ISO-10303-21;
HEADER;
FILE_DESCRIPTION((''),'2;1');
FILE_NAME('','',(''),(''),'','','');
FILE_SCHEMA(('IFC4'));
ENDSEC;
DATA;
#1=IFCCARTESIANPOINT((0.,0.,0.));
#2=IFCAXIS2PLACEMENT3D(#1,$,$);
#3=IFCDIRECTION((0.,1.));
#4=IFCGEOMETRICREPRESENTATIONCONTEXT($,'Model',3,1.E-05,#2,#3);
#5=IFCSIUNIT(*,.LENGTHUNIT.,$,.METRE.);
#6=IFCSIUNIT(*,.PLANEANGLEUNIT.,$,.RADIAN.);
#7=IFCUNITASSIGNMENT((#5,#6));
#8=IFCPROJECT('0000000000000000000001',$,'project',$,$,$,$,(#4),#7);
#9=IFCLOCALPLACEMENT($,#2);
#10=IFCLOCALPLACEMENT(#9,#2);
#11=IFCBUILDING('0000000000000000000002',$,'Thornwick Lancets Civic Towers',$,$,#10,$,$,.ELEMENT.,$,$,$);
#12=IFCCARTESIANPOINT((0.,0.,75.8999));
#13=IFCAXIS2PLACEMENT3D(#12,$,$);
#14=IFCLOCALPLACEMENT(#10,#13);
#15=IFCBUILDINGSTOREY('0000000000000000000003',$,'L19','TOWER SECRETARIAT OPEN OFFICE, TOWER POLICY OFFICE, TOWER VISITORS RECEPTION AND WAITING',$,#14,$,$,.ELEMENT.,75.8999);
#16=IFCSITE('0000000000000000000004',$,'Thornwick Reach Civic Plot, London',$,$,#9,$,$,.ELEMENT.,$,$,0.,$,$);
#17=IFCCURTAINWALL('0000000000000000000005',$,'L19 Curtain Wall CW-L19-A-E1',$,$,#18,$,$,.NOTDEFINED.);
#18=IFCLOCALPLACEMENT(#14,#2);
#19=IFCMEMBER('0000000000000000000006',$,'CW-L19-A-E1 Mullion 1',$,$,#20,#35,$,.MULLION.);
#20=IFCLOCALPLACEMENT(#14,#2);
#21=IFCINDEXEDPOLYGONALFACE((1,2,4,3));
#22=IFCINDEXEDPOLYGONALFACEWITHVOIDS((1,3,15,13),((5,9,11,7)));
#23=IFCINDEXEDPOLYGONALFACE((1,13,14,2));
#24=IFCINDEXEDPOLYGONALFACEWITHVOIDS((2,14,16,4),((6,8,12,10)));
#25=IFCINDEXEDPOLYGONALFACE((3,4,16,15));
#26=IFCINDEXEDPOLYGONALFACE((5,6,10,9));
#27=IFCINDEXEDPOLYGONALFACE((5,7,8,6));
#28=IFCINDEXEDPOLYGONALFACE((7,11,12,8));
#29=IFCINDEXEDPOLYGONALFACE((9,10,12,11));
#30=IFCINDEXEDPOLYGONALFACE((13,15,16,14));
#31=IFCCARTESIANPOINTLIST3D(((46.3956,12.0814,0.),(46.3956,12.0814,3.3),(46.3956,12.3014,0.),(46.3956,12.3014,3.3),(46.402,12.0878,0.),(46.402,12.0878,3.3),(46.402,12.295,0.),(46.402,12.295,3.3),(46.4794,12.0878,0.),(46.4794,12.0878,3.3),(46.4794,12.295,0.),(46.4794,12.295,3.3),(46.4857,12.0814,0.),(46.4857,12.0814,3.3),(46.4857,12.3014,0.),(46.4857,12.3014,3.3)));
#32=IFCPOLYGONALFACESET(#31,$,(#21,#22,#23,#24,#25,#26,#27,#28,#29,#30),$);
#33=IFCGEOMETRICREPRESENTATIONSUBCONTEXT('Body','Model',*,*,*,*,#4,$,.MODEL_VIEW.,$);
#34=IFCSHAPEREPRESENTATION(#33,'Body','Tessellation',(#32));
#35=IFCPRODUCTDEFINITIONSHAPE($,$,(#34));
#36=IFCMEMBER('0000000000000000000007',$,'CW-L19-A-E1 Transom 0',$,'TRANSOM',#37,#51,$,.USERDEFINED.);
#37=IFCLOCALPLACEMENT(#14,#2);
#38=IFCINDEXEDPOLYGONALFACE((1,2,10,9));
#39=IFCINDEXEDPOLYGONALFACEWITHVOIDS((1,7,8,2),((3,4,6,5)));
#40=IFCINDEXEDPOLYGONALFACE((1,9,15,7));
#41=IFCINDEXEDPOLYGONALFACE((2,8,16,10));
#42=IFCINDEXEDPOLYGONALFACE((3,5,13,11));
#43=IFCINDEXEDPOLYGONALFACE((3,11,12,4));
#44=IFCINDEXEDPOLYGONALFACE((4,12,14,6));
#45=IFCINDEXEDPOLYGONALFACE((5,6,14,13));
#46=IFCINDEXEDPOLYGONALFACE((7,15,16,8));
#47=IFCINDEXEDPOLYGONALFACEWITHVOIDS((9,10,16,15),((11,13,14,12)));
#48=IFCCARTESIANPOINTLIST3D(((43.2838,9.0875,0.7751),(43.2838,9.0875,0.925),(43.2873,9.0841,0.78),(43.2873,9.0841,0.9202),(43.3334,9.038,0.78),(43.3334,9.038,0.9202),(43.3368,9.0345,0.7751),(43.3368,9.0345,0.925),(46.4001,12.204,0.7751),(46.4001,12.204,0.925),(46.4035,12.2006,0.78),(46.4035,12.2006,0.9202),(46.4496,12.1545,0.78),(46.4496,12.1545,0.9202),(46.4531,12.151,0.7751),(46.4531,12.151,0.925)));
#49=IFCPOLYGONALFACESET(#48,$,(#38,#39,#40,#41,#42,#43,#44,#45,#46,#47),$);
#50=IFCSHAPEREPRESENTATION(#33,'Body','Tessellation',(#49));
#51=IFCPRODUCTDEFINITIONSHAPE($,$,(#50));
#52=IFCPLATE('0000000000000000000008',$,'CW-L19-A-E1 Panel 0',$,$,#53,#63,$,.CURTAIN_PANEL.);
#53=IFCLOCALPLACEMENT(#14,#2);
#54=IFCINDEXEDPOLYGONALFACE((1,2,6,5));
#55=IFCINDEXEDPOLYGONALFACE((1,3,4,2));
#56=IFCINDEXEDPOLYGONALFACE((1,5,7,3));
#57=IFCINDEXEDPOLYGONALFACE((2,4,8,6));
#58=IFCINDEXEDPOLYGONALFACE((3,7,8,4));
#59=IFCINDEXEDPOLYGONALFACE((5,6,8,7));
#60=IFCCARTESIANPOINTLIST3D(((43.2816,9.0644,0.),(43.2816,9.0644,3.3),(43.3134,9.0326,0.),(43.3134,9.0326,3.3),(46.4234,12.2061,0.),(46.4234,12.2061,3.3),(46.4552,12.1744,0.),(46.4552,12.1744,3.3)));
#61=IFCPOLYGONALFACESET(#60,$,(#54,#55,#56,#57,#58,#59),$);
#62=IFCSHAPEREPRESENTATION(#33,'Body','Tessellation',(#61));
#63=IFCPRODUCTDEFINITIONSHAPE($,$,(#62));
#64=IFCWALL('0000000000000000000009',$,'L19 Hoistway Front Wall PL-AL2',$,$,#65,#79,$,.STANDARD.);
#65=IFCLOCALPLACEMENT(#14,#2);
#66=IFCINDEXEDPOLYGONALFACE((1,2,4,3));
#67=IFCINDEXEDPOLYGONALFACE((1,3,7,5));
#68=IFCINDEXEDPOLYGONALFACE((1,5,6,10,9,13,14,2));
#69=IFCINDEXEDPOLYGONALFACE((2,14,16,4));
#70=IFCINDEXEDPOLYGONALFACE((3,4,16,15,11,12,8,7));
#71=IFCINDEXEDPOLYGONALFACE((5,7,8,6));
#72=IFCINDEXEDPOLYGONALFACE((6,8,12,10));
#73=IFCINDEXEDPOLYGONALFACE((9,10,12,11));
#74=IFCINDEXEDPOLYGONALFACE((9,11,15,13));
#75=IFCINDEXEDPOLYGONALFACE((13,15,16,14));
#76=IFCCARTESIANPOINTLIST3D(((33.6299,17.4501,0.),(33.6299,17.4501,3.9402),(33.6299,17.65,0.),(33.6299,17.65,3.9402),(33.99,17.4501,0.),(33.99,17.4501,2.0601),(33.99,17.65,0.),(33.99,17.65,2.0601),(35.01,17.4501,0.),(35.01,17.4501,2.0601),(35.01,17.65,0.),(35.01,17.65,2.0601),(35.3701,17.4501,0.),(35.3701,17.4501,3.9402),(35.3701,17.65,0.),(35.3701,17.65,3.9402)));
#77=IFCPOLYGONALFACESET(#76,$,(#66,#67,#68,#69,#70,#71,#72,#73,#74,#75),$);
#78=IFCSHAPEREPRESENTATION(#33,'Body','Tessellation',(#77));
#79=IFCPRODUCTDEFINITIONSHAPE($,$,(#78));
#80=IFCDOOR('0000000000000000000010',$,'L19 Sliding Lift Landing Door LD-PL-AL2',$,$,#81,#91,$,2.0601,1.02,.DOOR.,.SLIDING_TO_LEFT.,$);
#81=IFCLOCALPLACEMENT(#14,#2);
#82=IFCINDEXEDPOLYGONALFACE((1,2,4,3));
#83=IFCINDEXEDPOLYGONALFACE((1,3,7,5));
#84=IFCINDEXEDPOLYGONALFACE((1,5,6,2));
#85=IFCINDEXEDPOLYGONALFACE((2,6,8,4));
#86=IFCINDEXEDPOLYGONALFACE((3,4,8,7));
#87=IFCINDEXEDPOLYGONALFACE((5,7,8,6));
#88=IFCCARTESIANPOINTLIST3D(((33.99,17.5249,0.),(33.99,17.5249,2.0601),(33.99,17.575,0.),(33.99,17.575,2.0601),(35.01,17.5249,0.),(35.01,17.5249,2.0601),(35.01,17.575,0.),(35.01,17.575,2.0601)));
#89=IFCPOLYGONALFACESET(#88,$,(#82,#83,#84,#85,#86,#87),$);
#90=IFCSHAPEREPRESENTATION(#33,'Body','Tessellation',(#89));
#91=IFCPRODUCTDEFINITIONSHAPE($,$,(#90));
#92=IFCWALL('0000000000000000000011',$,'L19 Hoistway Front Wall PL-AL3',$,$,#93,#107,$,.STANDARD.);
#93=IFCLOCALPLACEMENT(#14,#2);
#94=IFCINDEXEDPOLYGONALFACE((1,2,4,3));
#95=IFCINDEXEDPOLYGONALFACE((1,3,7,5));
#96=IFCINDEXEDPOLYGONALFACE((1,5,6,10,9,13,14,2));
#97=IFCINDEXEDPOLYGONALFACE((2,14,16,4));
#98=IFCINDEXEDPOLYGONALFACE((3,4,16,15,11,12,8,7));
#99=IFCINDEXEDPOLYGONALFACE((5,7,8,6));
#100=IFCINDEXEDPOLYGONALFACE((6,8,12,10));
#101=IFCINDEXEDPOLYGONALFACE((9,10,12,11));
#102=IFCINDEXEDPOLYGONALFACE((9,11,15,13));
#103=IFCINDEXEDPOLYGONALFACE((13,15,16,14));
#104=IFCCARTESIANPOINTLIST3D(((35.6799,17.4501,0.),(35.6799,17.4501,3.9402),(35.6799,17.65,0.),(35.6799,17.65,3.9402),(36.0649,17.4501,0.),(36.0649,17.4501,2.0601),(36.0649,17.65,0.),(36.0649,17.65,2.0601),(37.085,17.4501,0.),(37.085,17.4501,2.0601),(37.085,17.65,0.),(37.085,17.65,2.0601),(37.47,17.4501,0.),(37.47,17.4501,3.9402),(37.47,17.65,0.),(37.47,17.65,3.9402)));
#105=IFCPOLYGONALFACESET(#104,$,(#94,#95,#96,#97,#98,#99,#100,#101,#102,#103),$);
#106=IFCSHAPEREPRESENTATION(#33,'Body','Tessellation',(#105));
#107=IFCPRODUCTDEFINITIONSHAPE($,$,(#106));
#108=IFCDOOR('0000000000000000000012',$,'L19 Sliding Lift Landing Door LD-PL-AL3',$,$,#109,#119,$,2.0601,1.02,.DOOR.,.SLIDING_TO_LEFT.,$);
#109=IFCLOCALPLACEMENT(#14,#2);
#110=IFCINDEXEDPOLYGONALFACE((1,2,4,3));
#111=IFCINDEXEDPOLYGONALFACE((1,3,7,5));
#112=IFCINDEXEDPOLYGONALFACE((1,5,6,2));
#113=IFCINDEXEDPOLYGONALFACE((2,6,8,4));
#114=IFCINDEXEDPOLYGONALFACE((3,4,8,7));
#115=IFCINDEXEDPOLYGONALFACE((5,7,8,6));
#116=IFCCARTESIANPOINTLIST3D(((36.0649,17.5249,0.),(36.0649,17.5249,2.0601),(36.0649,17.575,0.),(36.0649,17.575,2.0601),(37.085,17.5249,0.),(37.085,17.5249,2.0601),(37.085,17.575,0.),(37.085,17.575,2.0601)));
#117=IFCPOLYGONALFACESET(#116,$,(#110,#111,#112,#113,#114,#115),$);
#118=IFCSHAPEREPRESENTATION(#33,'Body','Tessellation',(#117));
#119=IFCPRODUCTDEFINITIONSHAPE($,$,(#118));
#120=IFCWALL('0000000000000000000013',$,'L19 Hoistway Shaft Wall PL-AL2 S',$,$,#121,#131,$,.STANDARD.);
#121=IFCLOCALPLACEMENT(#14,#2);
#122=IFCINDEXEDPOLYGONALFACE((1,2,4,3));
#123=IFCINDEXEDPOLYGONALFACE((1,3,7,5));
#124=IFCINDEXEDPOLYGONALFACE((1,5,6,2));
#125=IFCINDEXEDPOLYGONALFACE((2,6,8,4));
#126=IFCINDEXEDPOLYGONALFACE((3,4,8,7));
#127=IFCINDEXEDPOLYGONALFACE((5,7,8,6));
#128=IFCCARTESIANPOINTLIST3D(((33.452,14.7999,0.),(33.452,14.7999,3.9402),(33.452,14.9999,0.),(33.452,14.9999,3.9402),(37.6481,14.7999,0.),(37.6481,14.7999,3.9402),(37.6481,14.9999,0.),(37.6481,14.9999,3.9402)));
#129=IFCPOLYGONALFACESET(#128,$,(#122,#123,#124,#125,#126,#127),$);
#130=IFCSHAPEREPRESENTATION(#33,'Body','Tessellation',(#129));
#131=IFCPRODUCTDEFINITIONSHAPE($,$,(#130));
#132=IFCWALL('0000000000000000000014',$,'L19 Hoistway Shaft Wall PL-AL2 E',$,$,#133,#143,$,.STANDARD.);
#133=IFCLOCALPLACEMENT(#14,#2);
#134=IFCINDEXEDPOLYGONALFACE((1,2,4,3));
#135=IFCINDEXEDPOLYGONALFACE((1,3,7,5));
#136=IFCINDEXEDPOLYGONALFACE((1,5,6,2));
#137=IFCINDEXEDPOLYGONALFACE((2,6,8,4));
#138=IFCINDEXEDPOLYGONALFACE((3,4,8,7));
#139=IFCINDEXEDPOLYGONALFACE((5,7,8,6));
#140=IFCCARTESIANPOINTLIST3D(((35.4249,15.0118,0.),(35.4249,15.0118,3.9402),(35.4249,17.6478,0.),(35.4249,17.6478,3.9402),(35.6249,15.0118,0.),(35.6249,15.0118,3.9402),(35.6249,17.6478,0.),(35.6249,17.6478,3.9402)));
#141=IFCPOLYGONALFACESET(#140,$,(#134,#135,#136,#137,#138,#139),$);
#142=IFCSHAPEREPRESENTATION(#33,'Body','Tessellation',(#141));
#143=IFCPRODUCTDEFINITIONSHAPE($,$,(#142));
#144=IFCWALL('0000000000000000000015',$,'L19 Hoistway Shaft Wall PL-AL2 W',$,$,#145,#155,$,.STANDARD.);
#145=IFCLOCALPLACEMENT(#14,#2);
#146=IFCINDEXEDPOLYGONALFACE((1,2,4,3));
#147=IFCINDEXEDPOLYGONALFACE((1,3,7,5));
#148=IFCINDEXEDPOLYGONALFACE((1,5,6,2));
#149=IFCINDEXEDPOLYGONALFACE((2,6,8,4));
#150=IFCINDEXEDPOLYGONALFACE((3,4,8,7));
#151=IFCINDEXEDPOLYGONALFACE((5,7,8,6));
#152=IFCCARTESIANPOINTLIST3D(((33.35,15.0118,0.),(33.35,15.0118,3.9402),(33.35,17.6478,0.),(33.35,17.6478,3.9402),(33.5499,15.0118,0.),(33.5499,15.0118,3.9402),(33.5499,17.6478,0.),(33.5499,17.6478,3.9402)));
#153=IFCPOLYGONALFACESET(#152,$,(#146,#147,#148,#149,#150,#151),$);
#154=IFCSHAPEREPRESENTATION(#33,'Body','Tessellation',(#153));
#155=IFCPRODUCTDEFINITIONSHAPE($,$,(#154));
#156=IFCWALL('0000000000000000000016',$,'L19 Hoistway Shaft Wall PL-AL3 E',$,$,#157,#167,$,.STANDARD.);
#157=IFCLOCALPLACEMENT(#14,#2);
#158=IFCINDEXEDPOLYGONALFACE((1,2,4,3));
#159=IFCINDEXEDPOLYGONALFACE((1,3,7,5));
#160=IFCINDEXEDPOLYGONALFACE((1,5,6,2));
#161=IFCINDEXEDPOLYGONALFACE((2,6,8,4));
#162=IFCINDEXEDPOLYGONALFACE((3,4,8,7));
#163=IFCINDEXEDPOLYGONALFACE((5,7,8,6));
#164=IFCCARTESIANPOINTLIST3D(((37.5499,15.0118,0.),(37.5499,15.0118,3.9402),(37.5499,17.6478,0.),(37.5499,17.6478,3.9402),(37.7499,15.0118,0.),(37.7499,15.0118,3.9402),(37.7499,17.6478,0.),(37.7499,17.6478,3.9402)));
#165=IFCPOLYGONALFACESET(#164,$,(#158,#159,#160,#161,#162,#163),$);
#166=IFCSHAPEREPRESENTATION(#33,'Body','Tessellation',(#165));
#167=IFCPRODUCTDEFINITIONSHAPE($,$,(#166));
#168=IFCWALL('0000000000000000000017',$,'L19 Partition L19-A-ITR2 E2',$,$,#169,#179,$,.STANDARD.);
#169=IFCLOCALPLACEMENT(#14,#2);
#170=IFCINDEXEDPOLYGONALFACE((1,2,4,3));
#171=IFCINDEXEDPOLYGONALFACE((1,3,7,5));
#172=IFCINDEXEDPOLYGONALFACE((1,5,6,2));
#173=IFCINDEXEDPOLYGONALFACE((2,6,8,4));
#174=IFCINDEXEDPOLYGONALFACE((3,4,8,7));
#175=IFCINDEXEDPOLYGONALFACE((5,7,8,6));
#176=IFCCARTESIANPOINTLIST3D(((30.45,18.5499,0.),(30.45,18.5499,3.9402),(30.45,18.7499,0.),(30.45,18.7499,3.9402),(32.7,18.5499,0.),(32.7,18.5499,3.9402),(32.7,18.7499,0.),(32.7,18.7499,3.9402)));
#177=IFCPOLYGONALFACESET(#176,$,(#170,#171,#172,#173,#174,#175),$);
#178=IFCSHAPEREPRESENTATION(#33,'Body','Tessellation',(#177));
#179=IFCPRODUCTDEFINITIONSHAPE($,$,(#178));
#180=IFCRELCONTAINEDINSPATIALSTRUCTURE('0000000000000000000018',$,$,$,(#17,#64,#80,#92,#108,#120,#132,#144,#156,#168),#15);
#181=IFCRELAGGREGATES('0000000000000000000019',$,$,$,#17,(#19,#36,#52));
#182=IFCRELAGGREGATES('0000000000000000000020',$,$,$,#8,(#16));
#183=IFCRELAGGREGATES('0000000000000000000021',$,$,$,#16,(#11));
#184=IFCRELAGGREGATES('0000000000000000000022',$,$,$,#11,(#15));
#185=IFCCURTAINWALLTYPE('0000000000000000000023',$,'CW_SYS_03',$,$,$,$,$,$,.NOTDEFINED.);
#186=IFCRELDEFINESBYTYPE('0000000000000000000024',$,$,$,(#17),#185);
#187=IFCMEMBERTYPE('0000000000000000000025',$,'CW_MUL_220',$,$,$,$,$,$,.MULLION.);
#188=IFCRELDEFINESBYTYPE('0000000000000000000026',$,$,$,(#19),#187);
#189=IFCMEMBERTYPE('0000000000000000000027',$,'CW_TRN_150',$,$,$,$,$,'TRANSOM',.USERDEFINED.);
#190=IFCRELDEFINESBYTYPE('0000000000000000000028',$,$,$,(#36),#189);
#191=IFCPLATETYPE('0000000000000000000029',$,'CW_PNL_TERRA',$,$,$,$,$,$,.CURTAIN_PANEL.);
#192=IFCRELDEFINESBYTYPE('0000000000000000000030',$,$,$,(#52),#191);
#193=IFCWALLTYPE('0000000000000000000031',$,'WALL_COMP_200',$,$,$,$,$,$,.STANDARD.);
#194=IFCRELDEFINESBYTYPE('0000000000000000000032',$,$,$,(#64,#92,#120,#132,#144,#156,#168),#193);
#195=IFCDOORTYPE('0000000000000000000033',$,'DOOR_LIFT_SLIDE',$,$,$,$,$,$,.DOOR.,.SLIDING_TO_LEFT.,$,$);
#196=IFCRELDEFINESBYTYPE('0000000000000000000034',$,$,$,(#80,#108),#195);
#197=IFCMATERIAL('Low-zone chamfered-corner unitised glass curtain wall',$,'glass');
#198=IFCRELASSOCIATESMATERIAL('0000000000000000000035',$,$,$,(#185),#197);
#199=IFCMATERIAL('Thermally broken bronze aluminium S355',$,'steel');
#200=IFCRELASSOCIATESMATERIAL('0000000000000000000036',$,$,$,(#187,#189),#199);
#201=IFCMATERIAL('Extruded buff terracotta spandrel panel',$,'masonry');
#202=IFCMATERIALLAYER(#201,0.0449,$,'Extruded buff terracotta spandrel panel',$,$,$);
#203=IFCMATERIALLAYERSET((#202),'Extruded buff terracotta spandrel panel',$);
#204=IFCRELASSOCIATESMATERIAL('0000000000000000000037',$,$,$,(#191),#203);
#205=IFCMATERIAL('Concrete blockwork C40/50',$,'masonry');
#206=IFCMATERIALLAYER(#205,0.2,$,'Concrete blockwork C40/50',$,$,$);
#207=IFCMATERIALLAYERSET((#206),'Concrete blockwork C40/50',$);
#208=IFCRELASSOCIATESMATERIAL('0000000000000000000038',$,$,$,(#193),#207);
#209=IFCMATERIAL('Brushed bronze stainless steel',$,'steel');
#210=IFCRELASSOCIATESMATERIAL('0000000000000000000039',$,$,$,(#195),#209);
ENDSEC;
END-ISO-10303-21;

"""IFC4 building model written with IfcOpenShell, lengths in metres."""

from ifc_helpers import new_model, si_unit, direction, frame, frame_2d, origin, origin_2d, place, context, subcontext, project, spatial, rectangle, hollow_rectangle, extrude, material, layer, layer_set, material_profile, profile_set, type_object, element, fill, aggregate, save


model = new_model("IFC4")

# Units and contexts
model_context = context("Model", 3, precision=1e-05, world=origin(), true_north=direction((0.0, 1.0)))
body_context = subcontext(model_context, "Body", "Model", "MODEL_VIEW")
ifc_project = project(units=[si_unit("LENGTHUNIT", "METRE"), si_unit("PLANEANGLEUNIT", "RADIAN")], contexts=[model_context])

# Site, building, storey
site_placement = place(None, origin())
site = spatial("IfcSite", under=ifc_project, at=site_placement, Name="Thornwick Reach Civic Plot, London", CompositionType="ELEMENT", RefElevation=0.0)
building_placement = place(site_placement, origin())
building = spatial("IfcBuilding", under=site, at=building_placement, Name="Thornwick Lancets Civic Towers", CompositionType="ELEMENT")
storey_placement = place(building_placement, frame((0.0, 0.0, 75.8999)))
storey = spatial("IfcBuildingStorey", under=building, at=storey_placement, Name="L19", Description="TOWER SECRETARIAT OPEN OFFICE, TOWER POLICY OFFICE, TOWER VISITORS RECEPTION AND WAITING", CompositionType="ELEMENT", Elevation=75.8999)

# Curtain wall, members, plate
ifc_material_1 = material(Name="Low-zone chamfered-corner unitised glass curtain wall", Category="glass")
curtain_wall_type = type_object("IfcCurtainWallType", Name="CW_SYS_03", PredefinedType="NOTDEFINED", material=ifc_material_1)
curtain_wall_placement = place(storey_placement, origin())
curtain_wall = element("IfcCurtainWall", 1, at=curtain_wall_placement, inside=storey, type_object=curtain_wall_type, Name="L19 Curtain Wall CW-L19-A-E1", PredefinedType="NOTDEFINED")
ifc_material_2 = material(Name="Thermally broken bronze aluminium S355", Category="steel")
ifc_material_profile_1 = material_profile(ifc_material_2, hollow_rectangle(XDim=0.0901, YDim=0.22, WallThickness=0.0063, at=origin_2d()), Name="RHS 220x90x6.3")
ifc_profile_set_1 = profile_set([ifc_material_profile_1], Name="Thermally broken bronze aluminium S355")
member_type_1 = type_object("IfcMemberType", Name="CW_MUL_220", PredefinedType="MULLION", material=ifc_profile_set_1)
member_1_placement = place(storey_placement, frame((46.4407, 12.1914, 0.0), z_axis=(0.0, 0.0, 1.0), x_axis=(1.0, 0.0, 0.0)))
member_1 = element("IfcMember", 2, at=member_1_placement, type_object=member_type_1, Name="CW-L19-A-E1 Mullion 1", PredefinedType="MULLION", context=body_context, shape_type="SweptSolid", body=[
    extrude(hollow_rectangle(XDim=0.0901, YDim=0.22, WallThickness=0.0063, at=origin_2d()), origin(), (0.0, 0.0, 1.0), 3.3),
])
ifc_material_profile_2 = material_profile(ifc_material_2, hollow_rectangle(XDim=0.075, YDim=0.1499, WallThickness=0.0049, at=origin_2d()), Name="RHS 150x75x5")
ifc_profile_set_2 = profile_set([ifc_material_profile_2], Name="Thermally broken bronze aluminium S355")
member_type_2 = type_object("IfcMemberType", Name="CW_TRN_150", ElementType="TRANSOM", PredefinedType="USERDEFINED", material=ifc_profile_set_2)
member_2_placement = place(storey_placement, frame((43.3103, 9.061, 0.8501), z_axis=(0.707079, 0.707134, 0.0), x_axis=(-0.707134, 0.707079, 0.0)))
member_2 = element("IfcMember", 3, at=member_2_placement, type_object=member_type_2, Name="CW-L19-A-E1 Transom 0", ObjectType="TRANSOM", PredefinedType="USERDEFINED", context=body_context, shape_type="SweptSolid", body=[
    extrude(hollow_rectangle(XDim=0.075, YDim=0.1499, WallThickness=0.0049, at=origin_2d()), origin(), (0.0, 0.0, 1.0), 4.4072),
])
ifc_material_3 = material(Name="Extruded buff terracotta spandrel panel", Category="masonry")
ifc_layer_1 = layer(ifc_material_3, 0.0449, Name="Extruded buff terracotta spandrel panel")
ifc_layer_set_1 = layer_set([ifc_layer_1], Name="Extruded buff terracotta spandrel panel")
plate_type = type_object("IfcPlateType", Name="CW_PNL_TERRA", PredefinedType="CURTAIN_PANEL", material=ifc_layer_set_1)
plate_placement = place(storey_placement, frame((44.8684, 10.6194, 0.0), z_axis=(0.0, 0.0, 1.0), x_axis=(0.707107, 0.707107, 0.0)))
plate = element("IfcPlate", 4, at=plate_placement, type_object=plate_type, Name="CW-L19-A-E1 Panel 0", PredefinedType="CURTAIN_PANEL", context=body_context, shape_type="SweptSolid", body=[
    extrude(rectangle(XDim=4.4431, YDim=0.0449, at=origin_2d()), origin(), (0.0, 0.0, 1.0), 3.3),
])
aggregate(curtain_wall, [member_1, member_2, plate])

# Walls, openings, doors
ifc_material_4 = material(Name="Concrete blockwork C40/50", Category="masonry")
ifc_layer_2 = layer(ifc_material_4, 0.2, Name="Concrete blockwork C40/50")
ifc_layer_set_2 = layer_set([ifc_layer_2], Name="Concrete blockwork C40/50")
wall_type_1 = type_object("IfcWallType", Name="WALL_COMP_200", PredefinedType="STANDARD", material=ifc_layer_set_2)
wall_1_placement = place(storey_placement, frame((33.6299, 17.55, 0.0), z_axis=(0.0, 0.0, 1.0), x_axis=(1.0, 0.0, 0.0)))
wall_1 = element("IfcWall", 5, at=wall_1_placement, inside=storey, type_object=wall_type_1, Name="L19 Hoistway Front Wall PL-AL2", PredefinedType="STANDARD", context=body_context, shape_type="SweptSolid", body=[
    extrude(rectangle(XDim=1.7402, YDim=0.2, at=frame_2d((0.8701, 0.0))), origin(), (0.0, 0.0, 1.0), 3.9402),
])
opening_1_placement = place(wall_1_placement, frame((0.3601, 0.0, 0.0)))
opening_1 = element("IfcOpeningElement", 6, at=opening_1_placement, cuts=wall_1, PredefinedType="OPENING", context=body_context, shape_type="SweptSolid", body=[
    extrude(rectangle(XDim=1.02, YDim=2.0601, at=frame_2d((0.51, 1.03))), frame((0.0, 0.1099, 0.0), z_axis=(0.0, -1.0, 0.0), x_axis=(1.0, 0.0, 0.0)), (0.0, 0.0, 1.0), 0.22),
])
ifc_material_5 = material(Name="Brushed bronze stainless steel", Category="steel")
door_type_1 = type_object("IfcDoorType", Name="DOOR_LIFT_SLIDE", OperationType="SLIDING_TO_LEFT", PredefinedType="DOOR", material=ifc_material_5)
door_1_placement = place(opening_1_placement, origin())
door_1 = element("IfcDoor", 7, at=door_1_placement, inside=storey, type_object=door_type_1, Name="L19 Sliding Lift Landing Door LD-PL-AL2", OperationType="SLIDING_TO_LEFT", OverallHeight=2.0601, OverallWidth=1.02, PredefinedType="DOOR", context=body_context, shape_type="SweptSolid", body=[
    extrude(rectangle(XDim=1.02, YDim=2.0601, at=frame_2d((0.51, 1.03))), frame((0.0, 0.0249, 0.0), z_axis=(0.0, -1.0, 0.0), x_axis=(1.0, 0.0, 0.0)), (0.0, 0.0, 1.0), 0.05),
])
fill(opening_1, door_1)
wall_2_placement = place(storey_placement, frame((35.6799, 17.55, 0.0), z_axis=(0.0, 0.0, 1.0), x_axis=(1.0, 0.0, 0.0)))
wall_2 = element("IfcWall", 8, at=wall_2_placement, inside=storey, type_object=wall_type_1, Name="L19 Hoistway Front Wall PL-AL3", PredefinedType="STANDARD", context=body_context, shape_type="SweptSolid", body=[
    extrude(rectangle(XDim=1.79, YDim=0.2, at=frame_2d((0.895, 0.0))), origin(), (0.0, 0.0, 1.0), 3.9402),
])
opening_2_placement = place(wall_2_placement, frame((0.385, 0.0, 0.0)))
opening_2 = element("IfcOpeningElement", 9, at=opening_2_placement, cuts=wall_2, PredefinedType="OPENING", context=body_context, shape_type="SweptSolid", body=[
    extrude(rectangle(XDim=1.02, YDim=2.0601, at=frame_2d((0.51, 1.03))), frame((0.0, 0.1099, 0.0), z_axis=(0.0, -1.0, 0.0), x_axis=(1.0, 0.0, 0.0)), (0.0, 0.0, 1.0), 0.22),
])
door_2_placement = place(opening_2_placement, origin())
door_2 = element("IfcDoor", 10, at=door_2_placement, inside=storey, type_object=door_type_1, Name="L19 Sliding Lift Landing Door LD-PL-AL3", OperationType="SLIDING_TO_LEFT", OverallHeight=2.0601, OverallWidth=1.02, PredefinedType="DOOR", context=body_context, shape_type="SweptSolid", body=[
    extrude(rectangle(XDim=1.02, YDim=2.0601, at=frame_2d((0.51, 1.03))), frame((0.0, 0.0249, 0.0), z_axis=(0.0, -1.0, 0.0), x_axis=(1.0, 0.0, 0.0)), (0.0, 0.0, 1.0), 0.05),
])
fill(opening_2, door_2)

# Walls
wall_3_placement = place(storey_placement, frame((33.4519, 14.8999, 0.0), z_axis=(0.0, 0.0, 1.0), x_axis=(1.0, 0.0, 0.0)))
element("IfcWall", 11, at=wall_3_placement, inside=storey, type_object=wall_type_1, Name="L19 Hoistway Shaft Wall PL-AL2 S", PredefinedType="STANDARD", context=body_context, shape_type="SweptSolid", body=[
    extrude(rectangle(XDim=4.196, YDim=0.2, at=frame_2d((2.0981, 0.0))), origin(), (0.0, 0.0, 1.0), 3.9402),
])
for number, where, z_axis, x_axis, name in (
    (12, (35.5249, 15.012, 0.0), (0.0, 0.0, 1.0), (0.0, 1.0, 0.0), "L19 Hoistway Shaft Wall PL-AL2 E"),
    (13, (33.45, 15.012, 0.0), (0.0, 0.0, 1.0), (0.0, 1.0, 0.0), "L19 Hoistway Shaft Wall PL-AL2 W"),
    (14, (37.6499, 15.012, 0.0), (0.0, 0.0, 1.0), (0.0, 1.0, 0.0), "L19 Hoistway Shaft Wall PL-AL3 E"),
):
    element("IfcWall", number, at=place(storey_placement, frame(where, z_axis=z_axis, x_axis=x_axis)), inside=storey, type_object=wall_type_1, Name=name, PredefinedType="STANDARD", context=body_context, shape_type="SweptSolid", body=[
        extrude(rectangle(XDim=2.636, YDim=0.2, at=frame_2d((1.3179, 0.0))), origin(), (0.0, 0.0, 1.0), 3.9402),
    ])
wall_4_placement = place(storey_placement, frame((32.7, 18.6499, 0.0), z_axis=(0.0, 0.0, 1.0), x_axis=(-1.0, 0.0, 0.0)))
element("IfcWall", 15, at=wall_4_placement, inside=storey, type_object=wall_type_1, Name="L19 Partition L19-A-ITR2 E2", PredefinedType="STANDARD", context=body_context, shape_type="SweptSolid", body=[
    extrude(rectangle(XDim=2.25, YDim=0.2, at=frame_2d((1.125, 0.0))), origin(), (0.0, 0.0, 1.0), 3.9402),
])

save(model, "model.ifc")
